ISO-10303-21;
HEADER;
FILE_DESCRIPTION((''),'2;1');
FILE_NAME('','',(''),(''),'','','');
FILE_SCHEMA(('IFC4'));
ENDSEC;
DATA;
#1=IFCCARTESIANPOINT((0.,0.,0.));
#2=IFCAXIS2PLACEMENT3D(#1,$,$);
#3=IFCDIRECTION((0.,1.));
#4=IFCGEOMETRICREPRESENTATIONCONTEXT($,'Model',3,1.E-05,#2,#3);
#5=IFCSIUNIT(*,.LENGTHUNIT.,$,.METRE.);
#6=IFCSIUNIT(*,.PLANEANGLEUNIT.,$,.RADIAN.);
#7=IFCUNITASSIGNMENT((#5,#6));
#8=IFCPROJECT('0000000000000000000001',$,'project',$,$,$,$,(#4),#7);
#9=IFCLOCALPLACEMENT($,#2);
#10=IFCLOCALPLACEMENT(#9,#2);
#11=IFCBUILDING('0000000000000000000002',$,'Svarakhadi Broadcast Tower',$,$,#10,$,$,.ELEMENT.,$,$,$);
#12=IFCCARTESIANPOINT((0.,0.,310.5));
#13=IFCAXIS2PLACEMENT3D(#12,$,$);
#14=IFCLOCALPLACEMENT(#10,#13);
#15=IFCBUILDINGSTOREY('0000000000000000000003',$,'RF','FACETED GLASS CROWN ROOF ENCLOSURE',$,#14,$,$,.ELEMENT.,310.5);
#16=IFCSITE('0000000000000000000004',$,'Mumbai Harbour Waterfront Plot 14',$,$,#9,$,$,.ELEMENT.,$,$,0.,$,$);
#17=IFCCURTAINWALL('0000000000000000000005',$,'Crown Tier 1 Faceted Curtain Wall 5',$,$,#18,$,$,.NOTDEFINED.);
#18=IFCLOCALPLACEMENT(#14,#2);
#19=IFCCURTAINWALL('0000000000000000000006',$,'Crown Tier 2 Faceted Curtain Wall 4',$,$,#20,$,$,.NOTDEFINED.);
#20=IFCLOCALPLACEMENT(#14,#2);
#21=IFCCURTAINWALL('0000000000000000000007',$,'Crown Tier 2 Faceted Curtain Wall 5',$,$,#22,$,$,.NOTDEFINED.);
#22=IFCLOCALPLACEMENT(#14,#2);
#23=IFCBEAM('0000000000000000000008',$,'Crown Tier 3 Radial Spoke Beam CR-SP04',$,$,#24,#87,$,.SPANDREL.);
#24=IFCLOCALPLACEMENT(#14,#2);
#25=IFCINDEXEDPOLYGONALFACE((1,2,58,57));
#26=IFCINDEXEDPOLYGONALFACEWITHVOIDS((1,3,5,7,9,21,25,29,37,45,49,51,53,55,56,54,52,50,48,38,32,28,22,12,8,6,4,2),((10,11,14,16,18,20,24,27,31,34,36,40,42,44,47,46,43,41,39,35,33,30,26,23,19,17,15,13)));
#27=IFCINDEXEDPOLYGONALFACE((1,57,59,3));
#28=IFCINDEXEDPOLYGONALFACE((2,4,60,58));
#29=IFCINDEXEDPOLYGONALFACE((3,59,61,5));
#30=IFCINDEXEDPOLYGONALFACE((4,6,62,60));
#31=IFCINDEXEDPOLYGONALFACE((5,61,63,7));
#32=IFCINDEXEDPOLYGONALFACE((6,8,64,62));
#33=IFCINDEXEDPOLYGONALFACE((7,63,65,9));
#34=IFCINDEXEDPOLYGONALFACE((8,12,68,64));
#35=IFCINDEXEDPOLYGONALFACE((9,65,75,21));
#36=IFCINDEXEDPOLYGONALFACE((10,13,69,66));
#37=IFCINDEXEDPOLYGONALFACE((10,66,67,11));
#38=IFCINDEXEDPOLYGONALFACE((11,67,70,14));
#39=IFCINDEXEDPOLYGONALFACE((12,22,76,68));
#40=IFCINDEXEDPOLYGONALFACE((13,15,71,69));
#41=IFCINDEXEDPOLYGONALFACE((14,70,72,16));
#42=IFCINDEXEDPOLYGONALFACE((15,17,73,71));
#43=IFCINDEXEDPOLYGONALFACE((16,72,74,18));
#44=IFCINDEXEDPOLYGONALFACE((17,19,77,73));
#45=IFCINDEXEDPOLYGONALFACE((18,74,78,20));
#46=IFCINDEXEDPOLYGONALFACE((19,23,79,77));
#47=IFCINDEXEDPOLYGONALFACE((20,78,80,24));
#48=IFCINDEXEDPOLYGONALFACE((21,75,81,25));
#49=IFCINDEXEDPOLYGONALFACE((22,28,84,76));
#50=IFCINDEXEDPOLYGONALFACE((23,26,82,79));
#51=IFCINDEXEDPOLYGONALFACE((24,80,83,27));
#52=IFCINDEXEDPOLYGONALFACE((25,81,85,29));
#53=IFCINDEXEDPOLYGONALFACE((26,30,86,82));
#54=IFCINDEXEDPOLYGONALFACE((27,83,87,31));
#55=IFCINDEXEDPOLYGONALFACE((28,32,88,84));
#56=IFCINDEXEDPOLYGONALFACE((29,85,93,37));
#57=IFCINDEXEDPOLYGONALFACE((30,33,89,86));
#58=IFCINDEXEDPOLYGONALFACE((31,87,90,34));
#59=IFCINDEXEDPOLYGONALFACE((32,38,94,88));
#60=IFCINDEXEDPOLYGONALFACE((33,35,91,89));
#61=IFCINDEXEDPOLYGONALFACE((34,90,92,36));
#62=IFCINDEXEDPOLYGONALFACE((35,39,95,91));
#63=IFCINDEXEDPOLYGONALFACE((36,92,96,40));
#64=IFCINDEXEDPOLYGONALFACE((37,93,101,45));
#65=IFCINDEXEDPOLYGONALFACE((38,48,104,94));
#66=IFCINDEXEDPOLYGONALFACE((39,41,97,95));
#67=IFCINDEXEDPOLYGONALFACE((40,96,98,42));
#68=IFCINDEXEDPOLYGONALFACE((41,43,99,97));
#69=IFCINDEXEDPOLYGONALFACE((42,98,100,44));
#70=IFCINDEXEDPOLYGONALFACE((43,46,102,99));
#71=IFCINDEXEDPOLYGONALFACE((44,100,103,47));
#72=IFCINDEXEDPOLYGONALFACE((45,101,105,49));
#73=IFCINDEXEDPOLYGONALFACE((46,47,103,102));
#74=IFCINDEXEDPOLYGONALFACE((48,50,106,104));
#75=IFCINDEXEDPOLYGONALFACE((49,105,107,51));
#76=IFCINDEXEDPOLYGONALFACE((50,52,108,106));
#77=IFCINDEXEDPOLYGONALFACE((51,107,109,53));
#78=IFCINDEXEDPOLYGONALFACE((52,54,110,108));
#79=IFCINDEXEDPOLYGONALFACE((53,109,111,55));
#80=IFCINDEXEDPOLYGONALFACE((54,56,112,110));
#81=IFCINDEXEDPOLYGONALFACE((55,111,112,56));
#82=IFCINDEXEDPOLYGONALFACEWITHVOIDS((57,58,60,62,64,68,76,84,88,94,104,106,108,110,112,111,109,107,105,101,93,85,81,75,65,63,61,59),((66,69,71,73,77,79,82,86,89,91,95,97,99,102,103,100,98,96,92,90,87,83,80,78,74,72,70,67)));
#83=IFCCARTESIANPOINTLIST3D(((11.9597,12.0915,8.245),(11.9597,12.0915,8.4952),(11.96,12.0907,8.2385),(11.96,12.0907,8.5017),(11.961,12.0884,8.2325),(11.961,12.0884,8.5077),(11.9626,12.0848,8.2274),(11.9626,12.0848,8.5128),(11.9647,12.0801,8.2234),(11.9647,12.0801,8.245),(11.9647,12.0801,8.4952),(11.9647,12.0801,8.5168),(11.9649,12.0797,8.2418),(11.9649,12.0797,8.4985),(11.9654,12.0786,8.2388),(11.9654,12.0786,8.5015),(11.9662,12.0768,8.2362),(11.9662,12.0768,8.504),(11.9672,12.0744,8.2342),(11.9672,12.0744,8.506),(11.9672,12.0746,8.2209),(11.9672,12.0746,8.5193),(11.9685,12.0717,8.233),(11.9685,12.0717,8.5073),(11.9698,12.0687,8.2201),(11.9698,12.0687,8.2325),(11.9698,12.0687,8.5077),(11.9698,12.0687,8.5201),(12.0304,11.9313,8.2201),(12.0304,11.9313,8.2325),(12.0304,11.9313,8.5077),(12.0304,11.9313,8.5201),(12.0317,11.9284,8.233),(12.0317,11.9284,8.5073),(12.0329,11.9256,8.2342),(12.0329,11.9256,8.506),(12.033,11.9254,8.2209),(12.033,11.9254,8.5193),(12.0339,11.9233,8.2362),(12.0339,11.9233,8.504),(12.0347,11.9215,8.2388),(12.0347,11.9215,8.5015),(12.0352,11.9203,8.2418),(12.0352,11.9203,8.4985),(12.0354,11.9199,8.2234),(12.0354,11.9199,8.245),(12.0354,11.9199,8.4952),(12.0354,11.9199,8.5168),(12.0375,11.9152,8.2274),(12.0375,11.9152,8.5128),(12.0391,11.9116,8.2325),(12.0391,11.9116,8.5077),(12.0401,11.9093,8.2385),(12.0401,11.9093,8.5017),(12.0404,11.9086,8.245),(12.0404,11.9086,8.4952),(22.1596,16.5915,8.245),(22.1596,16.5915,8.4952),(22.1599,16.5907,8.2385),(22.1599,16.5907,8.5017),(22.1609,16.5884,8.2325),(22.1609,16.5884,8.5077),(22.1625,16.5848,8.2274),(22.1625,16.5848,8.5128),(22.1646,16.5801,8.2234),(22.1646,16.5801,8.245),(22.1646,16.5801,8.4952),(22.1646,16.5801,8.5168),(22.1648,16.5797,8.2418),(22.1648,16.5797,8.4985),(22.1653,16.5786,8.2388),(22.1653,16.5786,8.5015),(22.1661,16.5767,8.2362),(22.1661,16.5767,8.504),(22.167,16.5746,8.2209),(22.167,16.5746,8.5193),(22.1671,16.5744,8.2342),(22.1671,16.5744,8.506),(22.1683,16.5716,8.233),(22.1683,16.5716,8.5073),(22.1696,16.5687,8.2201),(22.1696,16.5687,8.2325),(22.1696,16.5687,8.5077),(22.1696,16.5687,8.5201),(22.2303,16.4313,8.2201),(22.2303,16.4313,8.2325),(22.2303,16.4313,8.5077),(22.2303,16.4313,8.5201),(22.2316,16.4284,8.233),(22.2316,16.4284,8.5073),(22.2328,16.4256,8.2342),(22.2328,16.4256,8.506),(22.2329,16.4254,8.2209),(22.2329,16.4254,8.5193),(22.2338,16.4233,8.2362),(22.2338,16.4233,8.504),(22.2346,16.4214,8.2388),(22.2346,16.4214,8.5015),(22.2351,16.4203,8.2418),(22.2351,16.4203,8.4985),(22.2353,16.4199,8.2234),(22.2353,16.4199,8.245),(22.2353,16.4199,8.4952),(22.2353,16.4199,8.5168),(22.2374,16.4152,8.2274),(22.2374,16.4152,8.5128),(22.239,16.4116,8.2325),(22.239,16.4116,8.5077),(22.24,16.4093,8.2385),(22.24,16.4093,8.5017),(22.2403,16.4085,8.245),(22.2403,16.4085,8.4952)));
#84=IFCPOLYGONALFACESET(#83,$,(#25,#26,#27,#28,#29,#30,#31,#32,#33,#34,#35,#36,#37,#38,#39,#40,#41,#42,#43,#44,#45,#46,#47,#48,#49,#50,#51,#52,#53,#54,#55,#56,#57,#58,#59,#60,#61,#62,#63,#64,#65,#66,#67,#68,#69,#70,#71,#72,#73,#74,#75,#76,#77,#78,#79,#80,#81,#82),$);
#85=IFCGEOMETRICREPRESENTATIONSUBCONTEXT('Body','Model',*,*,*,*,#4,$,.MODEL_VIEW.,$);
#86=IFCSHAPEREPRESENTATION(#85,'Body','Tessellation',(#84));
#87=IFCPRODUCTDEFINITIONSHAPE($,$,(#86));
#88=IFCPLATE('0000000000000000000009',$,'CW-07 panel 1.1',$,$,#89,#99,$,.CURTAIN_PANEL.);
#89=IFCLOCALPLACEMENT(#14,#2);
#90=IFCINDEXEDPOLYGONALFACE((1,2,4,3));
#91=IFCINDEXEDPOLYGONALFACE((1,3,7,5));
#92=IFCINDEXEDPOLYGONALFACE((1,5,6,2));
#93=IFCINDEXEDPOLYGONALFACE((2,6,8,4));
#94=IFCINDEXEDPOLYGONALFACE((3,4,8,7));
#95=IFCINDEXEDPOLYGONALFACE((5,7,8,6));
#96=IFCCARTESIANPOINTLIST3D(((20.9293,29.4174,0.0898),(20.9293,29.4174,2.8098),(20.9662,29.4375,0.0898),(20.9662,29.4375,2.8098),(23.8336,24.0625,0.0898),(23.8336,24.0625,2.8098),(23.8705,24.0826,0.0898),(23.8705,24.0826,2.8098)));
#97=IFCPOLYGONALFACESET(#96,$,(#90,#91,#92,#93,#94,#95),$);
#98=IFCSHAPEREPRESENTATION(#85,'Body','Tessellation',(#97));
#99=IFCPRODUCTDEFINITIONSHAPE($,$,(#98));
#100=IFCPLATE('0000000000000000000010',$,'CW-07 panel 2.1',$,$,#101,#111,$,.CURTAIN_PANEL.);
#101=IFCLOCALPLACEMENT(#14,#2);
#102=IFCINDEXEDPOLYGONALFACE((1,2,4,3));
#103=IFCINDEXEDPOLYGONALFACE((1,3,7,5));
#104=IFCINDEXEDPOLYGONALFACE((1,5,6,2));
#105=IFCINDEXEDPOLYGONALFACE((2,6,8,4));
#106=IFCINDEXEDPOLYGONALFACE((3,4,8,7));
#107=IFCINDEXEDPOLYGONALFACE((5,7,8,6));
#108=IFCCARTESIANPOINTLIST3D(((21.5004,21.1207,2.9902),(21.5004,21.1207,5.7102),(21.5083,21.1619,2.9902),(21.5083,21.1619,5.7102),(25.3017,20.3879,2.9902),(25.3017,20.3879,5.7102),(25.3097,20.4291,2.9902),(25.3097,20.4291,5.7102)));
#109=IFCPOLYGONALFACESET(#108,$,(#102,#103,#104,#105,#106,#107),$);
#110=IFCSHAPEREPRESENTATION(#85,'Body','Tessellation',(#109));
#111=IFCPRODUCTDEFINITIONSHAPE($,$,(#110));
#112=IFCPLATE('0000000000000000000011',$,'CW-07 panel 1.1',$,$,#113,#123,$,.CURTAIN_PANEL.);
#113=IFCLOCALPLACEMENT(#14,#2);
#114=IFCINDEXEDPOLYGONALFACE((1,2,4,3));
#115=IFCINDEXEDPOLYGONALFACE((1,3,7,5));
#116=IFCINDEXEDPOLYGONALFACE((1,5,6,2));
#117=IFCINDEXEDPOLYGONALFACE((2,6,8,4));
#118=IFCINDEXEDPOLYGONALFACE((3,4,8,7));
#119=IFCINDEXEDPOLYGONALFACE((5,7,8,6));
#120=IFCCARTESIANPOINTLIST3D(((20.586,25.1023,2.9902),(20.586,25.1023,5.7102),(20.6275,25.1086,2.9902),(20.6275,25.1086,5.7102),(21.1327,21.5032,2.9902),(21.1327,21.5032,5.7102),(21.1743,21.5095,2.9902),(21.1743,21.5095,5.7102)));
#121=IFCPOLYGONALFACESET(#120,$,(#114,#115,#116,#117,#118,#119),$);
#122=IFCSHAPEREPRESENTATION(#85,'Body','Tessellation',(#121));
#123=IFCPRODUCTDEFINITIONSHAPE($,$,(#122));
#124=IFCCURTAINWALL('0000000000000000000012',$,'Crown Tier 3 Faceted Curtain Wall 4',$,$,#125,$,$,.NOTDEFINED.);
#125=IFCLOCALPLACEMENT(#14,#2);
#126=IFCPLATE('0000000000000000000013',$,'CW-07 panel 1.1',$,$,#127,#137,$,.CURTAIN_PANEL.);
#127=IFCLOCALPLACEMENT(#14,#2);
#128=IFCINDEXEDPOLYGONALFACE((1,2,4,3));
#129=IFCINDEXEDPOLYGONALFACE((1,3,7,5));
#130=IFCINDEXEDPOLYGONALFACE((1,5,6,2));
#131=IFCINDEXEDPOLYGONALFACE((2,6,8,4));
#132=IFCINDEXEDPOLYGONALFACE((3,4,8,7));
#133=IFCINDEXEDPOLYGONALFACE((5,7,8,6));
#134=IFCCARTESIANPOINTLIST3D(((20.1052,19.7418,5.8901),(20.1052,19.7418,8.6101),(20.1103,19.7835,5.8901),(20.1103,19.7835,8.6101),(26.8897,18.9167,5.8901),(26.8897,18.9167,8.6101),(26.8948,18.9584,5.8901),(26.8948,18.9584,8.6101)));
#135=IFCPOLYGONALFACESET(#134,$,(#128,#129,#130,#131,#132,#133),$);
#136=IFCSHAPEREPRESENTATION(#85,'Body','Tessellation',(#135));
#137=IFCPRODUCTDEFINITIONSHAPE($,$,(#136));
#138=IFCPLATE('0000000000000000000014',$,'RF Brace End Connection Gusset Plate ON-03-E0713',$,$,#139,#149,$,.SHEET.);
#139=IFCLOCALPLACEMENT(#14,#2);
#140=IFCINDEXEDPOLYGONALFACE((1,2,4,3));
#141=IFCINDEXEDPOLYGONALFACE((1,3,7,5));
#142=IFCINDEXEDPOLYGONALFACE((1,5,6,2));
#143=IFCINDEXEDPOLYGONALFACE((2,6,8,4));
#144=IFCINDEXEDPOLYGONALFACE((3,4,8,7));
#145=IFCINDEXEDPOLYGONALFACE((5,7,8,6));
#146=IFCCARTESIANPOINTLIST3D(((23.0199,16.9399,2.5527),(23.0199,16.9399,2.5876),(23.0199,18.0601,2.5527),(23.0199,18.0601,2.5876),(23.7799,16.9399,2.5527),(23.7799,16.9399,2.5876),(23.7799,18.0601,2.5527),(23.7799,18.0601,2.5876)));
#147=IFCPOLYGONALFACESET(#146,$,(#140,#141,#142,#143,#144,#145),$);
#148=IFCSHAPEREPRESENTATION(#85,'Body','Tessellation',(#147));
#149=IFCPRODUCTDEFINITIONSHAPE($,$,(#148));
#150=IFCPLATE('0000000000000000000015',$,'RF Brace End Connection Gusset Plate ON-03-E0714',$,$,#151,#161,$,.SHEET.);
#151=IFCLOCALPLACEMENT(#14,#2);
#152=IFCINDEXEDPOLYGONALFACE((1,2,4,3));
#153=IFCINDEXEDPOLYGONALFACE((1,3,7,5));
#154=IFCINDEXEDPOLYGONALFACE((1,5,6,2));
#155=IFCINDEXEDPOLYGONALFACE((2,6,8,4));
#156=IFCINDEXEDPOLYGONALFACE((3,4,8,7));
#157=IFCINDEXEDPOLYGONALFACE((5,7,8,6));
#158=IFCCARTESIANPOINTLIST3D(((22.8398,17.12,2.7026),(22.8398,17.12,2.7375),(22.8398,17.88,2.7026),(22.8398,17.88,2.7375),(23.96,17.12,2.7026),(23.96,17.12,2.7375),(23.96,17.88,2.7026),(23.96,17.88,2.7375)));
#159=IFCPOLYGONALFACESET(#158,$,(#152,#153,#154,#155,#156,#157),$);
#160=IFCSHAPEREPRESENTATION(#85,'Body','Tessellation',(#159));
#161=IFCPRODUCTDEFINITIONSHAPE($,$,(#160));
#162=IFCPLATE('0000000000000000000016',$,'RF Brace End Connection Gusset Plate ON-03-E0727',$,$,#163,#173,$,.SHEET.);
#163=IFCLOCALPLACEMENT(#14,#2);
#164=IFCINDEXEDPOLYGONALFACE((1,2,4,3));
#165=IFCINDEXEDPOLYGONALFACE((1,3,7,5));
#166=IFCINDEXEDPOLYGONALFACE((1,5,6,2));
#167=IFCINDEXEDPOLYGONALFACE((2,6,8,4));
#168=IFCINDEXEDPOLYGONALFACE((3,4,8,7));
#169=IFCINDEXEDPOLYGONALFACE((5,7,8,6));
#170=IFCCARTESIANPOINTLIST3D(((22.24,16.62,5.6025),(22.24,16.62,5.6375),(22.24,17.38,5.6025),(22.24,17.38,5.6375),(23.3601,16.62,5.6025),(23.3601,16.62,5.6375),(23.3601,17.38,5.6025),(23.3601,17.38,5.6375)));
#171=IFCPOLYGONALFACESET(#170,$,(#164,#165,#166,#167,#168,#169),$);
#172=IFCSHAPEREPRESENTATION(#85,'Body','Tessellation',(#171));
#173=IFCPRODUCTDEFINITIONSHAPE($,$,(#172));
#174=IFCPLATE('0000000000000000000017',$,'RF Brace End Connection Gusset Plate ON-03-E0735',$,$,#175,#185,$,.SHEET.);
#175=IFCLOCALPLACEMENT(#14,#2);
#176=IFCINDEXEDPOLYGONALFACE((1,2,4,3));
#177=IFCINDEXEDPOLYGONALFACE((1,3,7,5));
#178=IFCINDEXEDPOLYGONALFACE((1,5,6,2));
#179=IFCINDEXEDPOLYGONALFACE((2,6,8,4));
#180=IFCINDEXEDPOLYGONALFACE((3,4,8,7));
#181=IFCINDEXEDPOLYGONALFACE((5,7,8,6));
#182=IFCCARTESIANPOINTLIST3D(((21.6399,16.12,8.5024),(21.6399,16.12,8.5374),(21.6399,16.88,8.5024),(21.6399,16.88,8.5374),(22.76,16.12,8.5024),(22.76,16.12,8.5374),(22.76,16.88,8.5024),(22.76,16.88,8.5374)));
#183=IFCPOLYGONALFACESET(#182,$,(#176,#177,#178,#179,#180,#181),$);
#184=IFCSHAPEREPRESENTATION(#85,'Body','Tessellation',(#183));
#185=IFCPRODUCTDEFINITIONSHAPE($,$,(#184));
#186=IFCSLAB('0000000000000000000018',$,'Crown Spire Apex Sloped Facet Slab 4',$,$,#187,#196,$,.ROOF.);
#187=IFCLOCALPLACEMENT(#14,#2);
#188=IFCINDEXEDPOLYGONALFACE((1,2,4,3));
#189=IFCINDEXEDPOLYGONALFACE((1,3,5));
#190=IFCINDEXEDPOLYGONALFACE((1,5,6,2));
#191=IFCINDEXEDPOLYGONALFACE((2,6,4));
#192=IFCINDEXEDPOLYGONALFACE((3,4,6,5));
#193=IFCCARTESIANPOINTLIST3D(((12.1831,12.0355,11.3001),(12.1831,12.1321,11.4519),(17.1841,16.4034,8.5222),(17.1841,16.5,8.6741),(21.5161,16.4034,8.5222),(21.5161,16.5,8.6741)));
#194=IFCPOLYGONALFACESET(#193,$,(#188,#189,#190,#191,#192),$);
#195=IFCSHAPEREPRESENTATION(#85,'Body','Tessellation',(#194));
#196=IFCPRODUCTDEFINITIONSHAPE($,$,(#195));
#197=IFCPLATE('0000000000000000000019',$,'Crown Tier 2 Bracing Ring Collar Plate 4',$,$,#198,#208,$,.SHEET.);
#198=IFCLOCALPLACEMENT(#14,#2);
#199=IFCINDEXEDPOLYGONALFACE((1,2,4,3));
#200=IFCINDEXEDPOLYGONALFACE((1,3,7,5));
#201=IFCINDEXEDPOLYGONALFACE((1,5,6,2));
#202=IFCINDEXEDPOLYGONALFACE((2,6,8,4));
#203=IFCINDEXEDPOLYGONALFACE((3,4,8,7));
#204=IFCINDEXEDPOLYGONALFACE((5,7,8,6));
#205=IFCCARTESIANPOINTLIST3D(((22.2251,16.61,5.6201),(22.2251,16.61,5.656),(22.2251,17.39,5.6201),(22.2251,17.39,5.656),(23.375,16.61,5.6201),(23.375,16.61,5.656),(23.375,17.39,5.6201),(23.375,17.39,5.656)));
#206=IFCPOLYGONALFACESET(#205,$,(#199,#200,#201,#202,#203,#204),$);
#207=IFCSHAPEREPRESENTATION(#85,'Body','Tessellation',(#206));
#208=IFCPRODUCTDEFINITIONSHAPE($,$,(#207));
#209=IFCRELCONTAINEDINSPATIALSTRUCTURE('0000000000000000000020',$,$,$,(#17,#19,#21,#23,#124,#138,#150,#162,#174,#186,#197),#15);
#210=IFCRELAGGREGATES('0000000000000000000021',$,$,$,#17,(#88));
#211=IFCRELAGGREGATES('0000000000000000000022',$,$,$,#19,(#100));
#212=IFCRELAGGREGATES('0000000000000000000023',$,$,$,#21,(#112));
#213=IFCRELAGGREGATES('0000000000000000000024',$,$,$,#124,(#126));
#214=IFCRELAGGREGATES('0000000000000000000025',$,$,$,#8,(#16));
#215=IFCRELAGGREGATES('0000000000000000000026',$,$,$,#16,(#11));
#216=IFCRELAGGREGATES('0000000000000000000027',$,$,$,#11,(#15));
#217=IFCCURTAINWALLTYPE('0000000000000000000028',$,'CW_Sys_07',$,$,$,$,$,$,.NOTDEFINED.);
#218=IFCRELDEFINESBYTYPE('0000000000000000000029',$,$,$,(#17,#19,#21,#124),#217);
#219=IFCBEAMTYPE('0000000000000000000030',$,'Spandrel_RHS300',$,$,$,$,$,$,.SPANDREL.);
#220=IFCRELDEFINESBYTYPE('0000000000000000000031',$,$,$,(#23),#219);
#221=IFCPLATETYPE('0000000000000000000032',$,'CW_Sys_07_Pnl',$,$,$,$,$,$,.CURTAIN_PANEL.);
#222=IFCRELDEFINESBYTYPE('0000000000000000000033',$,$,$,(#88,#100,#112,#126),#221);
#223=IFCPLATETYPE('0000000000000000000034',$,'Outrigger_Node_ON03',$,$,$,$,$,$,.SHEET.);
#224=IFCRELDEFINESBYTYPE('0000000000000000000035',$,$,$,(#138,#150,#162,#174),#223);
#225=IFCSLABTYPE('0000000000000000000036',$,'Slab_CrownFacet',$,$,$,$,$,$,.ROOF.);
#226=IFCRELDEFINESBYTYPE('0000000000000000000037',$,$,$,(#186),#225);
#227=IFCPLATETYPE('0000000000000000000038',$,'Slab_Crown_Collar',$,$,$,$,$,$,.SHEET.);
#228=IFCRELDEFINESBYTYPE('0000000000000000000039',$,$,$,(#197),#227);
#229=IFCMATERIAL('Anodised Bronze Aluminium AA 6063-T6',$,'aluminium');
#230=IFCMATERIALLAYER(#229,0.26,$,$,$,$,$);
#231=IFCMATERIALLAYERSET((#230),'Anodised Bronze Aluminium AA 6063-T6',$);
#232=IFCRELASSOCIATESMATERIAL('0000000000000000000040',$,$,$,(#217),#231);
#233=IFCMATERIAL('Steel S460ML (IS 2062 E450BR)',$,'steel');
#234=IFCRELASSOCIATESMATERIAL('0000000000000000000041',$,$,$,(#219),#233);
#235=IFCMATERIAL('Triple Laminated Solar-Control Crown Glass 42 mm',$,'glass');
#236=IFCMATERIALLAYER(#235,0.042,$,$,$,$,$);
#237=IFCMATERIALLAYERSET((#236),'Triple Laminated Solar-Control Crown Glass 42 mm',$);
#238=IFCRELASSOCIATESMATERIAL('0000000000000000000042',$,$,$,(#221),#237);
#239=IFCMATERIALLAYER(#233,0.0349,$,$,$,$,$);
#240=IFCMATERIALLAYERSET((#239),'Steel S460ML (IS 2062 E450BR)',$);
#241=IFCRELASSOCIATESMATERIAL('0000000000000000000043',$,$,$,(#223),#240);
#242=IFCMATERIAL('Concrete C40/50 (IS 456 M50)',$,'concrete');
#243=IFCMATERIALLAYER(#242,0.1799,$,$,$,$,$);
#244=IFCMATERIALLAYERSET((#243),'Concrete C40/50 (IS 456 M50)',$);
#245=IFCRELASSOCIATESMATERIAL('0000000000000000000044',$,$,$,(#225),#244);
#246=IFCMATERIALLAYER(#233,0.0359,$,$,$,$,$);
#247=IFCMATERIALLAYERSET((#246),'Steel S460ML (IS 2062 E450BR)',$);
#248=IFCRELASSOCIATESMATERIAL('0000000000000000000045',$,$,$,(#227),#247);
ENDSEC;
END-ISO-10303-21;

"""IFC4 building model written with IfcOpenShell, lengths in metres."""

from ifc_helpers import new_model, si_unit, direction, frame, origin, origin_2d, place, context, subcontext, project, spatial, polyline, rectangle, hollow_rectangle, outline, extrude, material, layer, layer_set, material_profile, profile_set, type_object, element, aggregate, save


model = new_model("IFC4")

# Units and contexts
model_context = context("Model", 3, precision=1e-05, world=origin(), true_north=direction((0.0, 1.0)))
body_context = subcontext(model_context, "Body", "Model", "MODEL_VIEW")
ifc_project = project(units=[si_unit("LENGTHUNIT", "METRE"), si_unit("PLANEANGLEUNIT", "RADIAN")], contexts=[model_context])

# Site, building, storey
site_placement = place(None, origin())
site = spatial("IfcSite", under=ifc_project, at=site_placement, Name="Mumbai Harbour Waterfront Plot 14", CompositionType="ELEMENT", RefElevation=0.0)
building_placement = place(site_placement, origin())
building = spatial("IfcBuilding", under=site, at=building_placement, Name="Svarakhadi Broadcast Tower", CompositionType="ELEMENT")
storey_placement = place(building_placement, frame((0.0, 0.0, 310.5)))
storey = spatial("IfcBuildingStorey", under=building, at=storey_placement, Name="RF", Description="FACETED GLASS CROWN ROOF ENCLOSURE", CompositionType="ELEMENT", Elevation=310.5)

# Curtain wall
ifc_material_1 = material(Name="Anodised Bronze Aluminium AA 6063-T6", Category="aluminium")
ifc_layer_1 = layer(ifc_material_1, 0.26)
ifc_layer_set_1 = layer_set([ifc_layer_1], Name="Anodised Bronze Aluminium AA 6063-T6")
curtain_wall_type = type_object("IfcCurtainWallType", Name="CW_Sys_07", PredefinedType="NOTDEFINED", material=ifc_layer_set_1)
curtain_wall_1_placement = place(storey_placement, origin())
curtain_wall_1 = element("IfcCurtainWall", 1, at=curtain_wall_1_placement, inside=storey, type_object=curtain_wall_type, Name="Crown Tier 1 Faceted Curtain Wall 5", PredefinedType="NOTDEFINED")

# Curtain wall
curtain_wall_2_placement = place(storey_placement, origin())
curtain_wall_2 = element("IfcCurtainWall", 2, at=curtain_wall_2_placement, inside=storey, type_object=curtain_wall_type, Name="Crown Tier 2 Faceted Curtain Wall 4", PredefinedType="NOTDEFINED")

# Curtain wall
curtain_wall_3_placement = place(storey_placement, origin())
curtain_wall_3 = element("IfcCurtainWall", 3, at=curtain_wall_3_placement, inside=storey, type_object=curtain_wall_type, Name="Crown Tier 2 Faceted Curtain Wall 5", PredefinedType="NOTDEFINED")

# Shared definitions
ifc_material_2 = material(Name="Steel S460ML (IS 2062 E450BR)", Category="steel")

# Beam
ifc_material_profile_1 = material_profile(ifc_material_2, hollow_rectangle(XDim=0.2, YDim=0.3, WallThickness=0.0125, InnerFilletRadius=0.0125, OuterFilletRadius=0.0249, at=origin_2d()), Name="RHS 300x200x12.5")
ifc_profile_set_1 = profile_set([ifc_material_profile_1], Name="Steel S460ML (IS 2062 E450BR)")
beam_type_1 = type_object("IfcBeamType", Name="Spandrel_RHS300", PredefinedType="SPANDREL", material=ifc_profile_set_1)
beam_1_placement = place(storey_placement, frame((22.2, 16.5, 8.3701), z_axis=(-0.914917, -0.403642, 0.0), x_axis=(0.403642, -0.914917, 0.0)))
element("IfcBeam", 4, at=beam_1_placement, inside=storey, type_object=beam_type_1, Name="Crown Tier 3 Radial Spoke Beam CR-SP04", PredefinedType="SPANDREL", context=body_context, shape_type="SweptSolid", body=[
    extrude(hollow_rectangle(XDim=0.2, YDim=0.3, WallThickness=0.0125, InnerFilletRadius=0.0125, OuterFilletRadius=0.0249, at=origin_2d()), origin(), (0.0, 0.0, 1.0), 11.1484),
])

# Plates
ifc_material_3 = material(Name="Triple Laminated Solar-Control Crown Glass 42 mm", Category="glass")
ifc_layer_2 = layer(ifc_material_3, 0.042)
ifc_layer_set_2 = layer_set([ifc_layer_2], Name="Triple Laminated Solar-Control Crown Glass 42 mm")
plate_type_1 = type_object("IfcPlateType", Name="CW_Sys_07_Pnl", PredefinedType="CURTAIN_PANEL", material=ifc_layer_set_2)
plate_1_placement = place(storey_placement, frame((22.3999, 26.75, 0.0898), z_axis=(0.0, 0.0, 1.0), x_axis=(-0.476762, 0.879033, 0.0)))
plate_1 = element("IfcPlate", 5, at=plate_1_placement, type_object=plate_type_1, Name="CW-07 panel 1.1", PredefinedType="CURTAIN_PANEL", context=body_context, shape_type="SweptSolid", body=[
    extrude(rectangle(XDim=6.0918, YDim=0.042, at=origin_2d()), origin(), (0.0, 0.0, 1.0), 2.72),
])
aggregate(curtain_wall_1, [plate_1])
plate_2_placement = place(storey_placement, frame((23.405, 20.7749, 2.9902), z_axis=(0.0, 0.0, 1.0), x_axis=(-0.98192, 0.189295, 0.0)))
plate_2 = element("IfcPlate", 6, at=plate_2_placement, type_object=plate_type_1, Name="CW-07 panel 2.1", PredefinedType="CURTAIN_PANEL", context=body_context, shape_type="SweptSolid", body=[
    extrude(rectangle(XDim=3.8713, YDim=0.042, at=origin_2d()), origin(), (0.0, 0.0, 1.0), 2.72),
])
aggregate(curtain_wall_2, [plate_2])
plate_3_placement = place(storey_placement, frame((20.8801, 23.3059, 2.9902), z_axis=(0.0, 0.0, 1.0), x_axis=(-0.150186, 0.988658, 0.0)))
plate_3 = element("IfcPlate", 7, at=plate_3_placement, type_object=plate_type_1, Name="CW-07 panel 1.1", PredefinedType="CURTAIN_PANEL", context=body_context, shape_type="SweptSolid", body=[
    extrude(rectangle(XDim=3.6404, YDim=0.042, at=origin_2d()), origin(), (0.0, 0.0, 1.0), 2.72),
])
aggregate(curtain_wall_3, [plate_3])

# Curtain wall, plate
curtain_wall_4_placement = place(storey_placement, origin())
curtain_wall_4 = element("IfcCurtainWall", 8, at=curtain_wall_4_placement, inside=storey, type_object=curtain_wall_type, Name="Crown Tier 3 Faceted Curtain Wall 4", PredefinedType="NOTDEFINED")
plate_4_placement = place(storey_placement, frame((23.5, 19.3501, 5.8901), z_axis=(0.0, 0.0, 1.0), x_axis=(-0.992686, 0.120721, 0.0)))
plate_4 = element("IfcPlate", 9, at=plate_4_placement, type_object=plate_type_1, Name="CW-07 panel 1.1", PredefinedType="CURTAIN_PANEL", context=body_context, shape_type="SweptSolid", body=[
    extrude(rectangle(XDim=6.8345, YDim=0.042, at=origin_2d()), origin(), (0.0, 0.0, 1.0), 2.72),
])
aggregate(curtain_wall_4, [plate_4])

# Plates
ifc_layer_3 = layer(ifc_material_2, 0.0349)
ifc_layer_set_3 = layer_set([ifc_layer_3], Name="Steel S460ML (IS 2062 E450BR)")
plate_type_2 = type_object("IfcPlateType", Name="Outrigger_Node_ON03", PredefinedType="SHEET", material=ifc_layer_set_3)
for number, where, z_axis, x_axis, name in (
    (10, (23.3999, 17.5, 2.5527), (0.0, 0.0, 1.0), (0.0, 1.0, 0.0), "RF Brace End Connection Gusset Plate ON-03-E0713"),
    (11, (23.3999, 17.5, 2.7026), (0.0, 0.0, 1.0), (1.0, 0.0, 0.0), "RF Brace End Connection Gusset Plate ON-03-E0714"),
    (12, (22.8, 17.0, 5.6025), (0.0, 0.0, 1.0), (1.0, 0.0, 0.0), "RF Brace End Connection Gusset Plate ON-03-E0727"),
    (13, (22.2, 16.5, 8.5024), (0.0, 0.0, 1.0), (1.0, 0.0, 0.0), "RF Brace End Connection Gusset Plate ON-03-E0735"),
):
    element("IfcPlate", number, at=place(storey_placement, frame(where, z_axis=z_axis, x_axis=x_axis)), inside=storey, type_object=plate_type_2, Name=name, PredefinedType="SHEET", context=body_context, shape_type="SweptSolid", body=[
        extrude(rectangle(XDim=1.1201, YDim=0.76, at=origin_2d()), origin(), (0.0, 0.0, 1.0), 0.0349),
    ])

# Slab
ifc_material_4 = material(Name="Concrete C40/50 (IS 456 M50)", Category="concrete")
ifc_layer_4 = layer(ifc_material_4, 0.1799)
ifc_layer_set_4 = layer_set([ifc_layer_4], Name="Concrete C40/50 (IS 456 M50)")
slab_type = type_object("IfcSlabType", Name="Slab_CrownFacet", PredefinedType="ROOF", material=ifc_layer_set_4)
slab_placement = place(storey_placement, frame((21.5161, 16.5, 8.6741), z_axis=(0.0, 0.536634, 0.843815), x_axis=(-1.0, 0.0, 0.0)))
element("IfcSlab", 14, at=slab_placement, inside=storey, type_object=slab_type, Name="Crown Spire Apex Sloped Facet Slab 4", PredefinedType="ROOF", context=body_context, shape_type="SweptSolid", body=[
    extrude(outline(polyline([(0.0, 0.0), (4.332, 0.0), (9.333, 5.1764), (0.0, 0.0)])), origin(), (0.0, 0.0, -1.0), 0.1799),
])

# Plate
ifc_layer_5 = layer(ifc_material_2, 0.0359)
ifc_layer_set_5 = layer_set([ifc_layer_5], Name="Steel S460ML (IS 2062 E450BR)")
plate_type_3 = type_object("IfcPlateType", Name="Slab_Crown_Collar", PredefinedType="SHEET", material=ifc_layer_set_5)
for number, where, z_axis, x_axis, name in (
    (15, (22.8, 17.0, 5.6201), (0.0, 0.0, 1.0), (1.0, 0.0, 0.0), "Crown Tier 2 Bracing Ring Collar Plate 4"),
):
    element("IfcPlate", number, at=place(storey_placement, frame(where, z_axis=z_axis, x_axis=x_axis)), inside=storey, type_object=plate_type_3, Name=name, PredefinedType="SHEET", context=body_context, shape_type="SweptSolid", body=[
        extrude(rectangle(XDim=1.1499, YDim=0.78, at=origin_2d()), origin(), (0.0, 0.0, 1.0), 0.0359),
    ])

save(model, "model.ifc")
